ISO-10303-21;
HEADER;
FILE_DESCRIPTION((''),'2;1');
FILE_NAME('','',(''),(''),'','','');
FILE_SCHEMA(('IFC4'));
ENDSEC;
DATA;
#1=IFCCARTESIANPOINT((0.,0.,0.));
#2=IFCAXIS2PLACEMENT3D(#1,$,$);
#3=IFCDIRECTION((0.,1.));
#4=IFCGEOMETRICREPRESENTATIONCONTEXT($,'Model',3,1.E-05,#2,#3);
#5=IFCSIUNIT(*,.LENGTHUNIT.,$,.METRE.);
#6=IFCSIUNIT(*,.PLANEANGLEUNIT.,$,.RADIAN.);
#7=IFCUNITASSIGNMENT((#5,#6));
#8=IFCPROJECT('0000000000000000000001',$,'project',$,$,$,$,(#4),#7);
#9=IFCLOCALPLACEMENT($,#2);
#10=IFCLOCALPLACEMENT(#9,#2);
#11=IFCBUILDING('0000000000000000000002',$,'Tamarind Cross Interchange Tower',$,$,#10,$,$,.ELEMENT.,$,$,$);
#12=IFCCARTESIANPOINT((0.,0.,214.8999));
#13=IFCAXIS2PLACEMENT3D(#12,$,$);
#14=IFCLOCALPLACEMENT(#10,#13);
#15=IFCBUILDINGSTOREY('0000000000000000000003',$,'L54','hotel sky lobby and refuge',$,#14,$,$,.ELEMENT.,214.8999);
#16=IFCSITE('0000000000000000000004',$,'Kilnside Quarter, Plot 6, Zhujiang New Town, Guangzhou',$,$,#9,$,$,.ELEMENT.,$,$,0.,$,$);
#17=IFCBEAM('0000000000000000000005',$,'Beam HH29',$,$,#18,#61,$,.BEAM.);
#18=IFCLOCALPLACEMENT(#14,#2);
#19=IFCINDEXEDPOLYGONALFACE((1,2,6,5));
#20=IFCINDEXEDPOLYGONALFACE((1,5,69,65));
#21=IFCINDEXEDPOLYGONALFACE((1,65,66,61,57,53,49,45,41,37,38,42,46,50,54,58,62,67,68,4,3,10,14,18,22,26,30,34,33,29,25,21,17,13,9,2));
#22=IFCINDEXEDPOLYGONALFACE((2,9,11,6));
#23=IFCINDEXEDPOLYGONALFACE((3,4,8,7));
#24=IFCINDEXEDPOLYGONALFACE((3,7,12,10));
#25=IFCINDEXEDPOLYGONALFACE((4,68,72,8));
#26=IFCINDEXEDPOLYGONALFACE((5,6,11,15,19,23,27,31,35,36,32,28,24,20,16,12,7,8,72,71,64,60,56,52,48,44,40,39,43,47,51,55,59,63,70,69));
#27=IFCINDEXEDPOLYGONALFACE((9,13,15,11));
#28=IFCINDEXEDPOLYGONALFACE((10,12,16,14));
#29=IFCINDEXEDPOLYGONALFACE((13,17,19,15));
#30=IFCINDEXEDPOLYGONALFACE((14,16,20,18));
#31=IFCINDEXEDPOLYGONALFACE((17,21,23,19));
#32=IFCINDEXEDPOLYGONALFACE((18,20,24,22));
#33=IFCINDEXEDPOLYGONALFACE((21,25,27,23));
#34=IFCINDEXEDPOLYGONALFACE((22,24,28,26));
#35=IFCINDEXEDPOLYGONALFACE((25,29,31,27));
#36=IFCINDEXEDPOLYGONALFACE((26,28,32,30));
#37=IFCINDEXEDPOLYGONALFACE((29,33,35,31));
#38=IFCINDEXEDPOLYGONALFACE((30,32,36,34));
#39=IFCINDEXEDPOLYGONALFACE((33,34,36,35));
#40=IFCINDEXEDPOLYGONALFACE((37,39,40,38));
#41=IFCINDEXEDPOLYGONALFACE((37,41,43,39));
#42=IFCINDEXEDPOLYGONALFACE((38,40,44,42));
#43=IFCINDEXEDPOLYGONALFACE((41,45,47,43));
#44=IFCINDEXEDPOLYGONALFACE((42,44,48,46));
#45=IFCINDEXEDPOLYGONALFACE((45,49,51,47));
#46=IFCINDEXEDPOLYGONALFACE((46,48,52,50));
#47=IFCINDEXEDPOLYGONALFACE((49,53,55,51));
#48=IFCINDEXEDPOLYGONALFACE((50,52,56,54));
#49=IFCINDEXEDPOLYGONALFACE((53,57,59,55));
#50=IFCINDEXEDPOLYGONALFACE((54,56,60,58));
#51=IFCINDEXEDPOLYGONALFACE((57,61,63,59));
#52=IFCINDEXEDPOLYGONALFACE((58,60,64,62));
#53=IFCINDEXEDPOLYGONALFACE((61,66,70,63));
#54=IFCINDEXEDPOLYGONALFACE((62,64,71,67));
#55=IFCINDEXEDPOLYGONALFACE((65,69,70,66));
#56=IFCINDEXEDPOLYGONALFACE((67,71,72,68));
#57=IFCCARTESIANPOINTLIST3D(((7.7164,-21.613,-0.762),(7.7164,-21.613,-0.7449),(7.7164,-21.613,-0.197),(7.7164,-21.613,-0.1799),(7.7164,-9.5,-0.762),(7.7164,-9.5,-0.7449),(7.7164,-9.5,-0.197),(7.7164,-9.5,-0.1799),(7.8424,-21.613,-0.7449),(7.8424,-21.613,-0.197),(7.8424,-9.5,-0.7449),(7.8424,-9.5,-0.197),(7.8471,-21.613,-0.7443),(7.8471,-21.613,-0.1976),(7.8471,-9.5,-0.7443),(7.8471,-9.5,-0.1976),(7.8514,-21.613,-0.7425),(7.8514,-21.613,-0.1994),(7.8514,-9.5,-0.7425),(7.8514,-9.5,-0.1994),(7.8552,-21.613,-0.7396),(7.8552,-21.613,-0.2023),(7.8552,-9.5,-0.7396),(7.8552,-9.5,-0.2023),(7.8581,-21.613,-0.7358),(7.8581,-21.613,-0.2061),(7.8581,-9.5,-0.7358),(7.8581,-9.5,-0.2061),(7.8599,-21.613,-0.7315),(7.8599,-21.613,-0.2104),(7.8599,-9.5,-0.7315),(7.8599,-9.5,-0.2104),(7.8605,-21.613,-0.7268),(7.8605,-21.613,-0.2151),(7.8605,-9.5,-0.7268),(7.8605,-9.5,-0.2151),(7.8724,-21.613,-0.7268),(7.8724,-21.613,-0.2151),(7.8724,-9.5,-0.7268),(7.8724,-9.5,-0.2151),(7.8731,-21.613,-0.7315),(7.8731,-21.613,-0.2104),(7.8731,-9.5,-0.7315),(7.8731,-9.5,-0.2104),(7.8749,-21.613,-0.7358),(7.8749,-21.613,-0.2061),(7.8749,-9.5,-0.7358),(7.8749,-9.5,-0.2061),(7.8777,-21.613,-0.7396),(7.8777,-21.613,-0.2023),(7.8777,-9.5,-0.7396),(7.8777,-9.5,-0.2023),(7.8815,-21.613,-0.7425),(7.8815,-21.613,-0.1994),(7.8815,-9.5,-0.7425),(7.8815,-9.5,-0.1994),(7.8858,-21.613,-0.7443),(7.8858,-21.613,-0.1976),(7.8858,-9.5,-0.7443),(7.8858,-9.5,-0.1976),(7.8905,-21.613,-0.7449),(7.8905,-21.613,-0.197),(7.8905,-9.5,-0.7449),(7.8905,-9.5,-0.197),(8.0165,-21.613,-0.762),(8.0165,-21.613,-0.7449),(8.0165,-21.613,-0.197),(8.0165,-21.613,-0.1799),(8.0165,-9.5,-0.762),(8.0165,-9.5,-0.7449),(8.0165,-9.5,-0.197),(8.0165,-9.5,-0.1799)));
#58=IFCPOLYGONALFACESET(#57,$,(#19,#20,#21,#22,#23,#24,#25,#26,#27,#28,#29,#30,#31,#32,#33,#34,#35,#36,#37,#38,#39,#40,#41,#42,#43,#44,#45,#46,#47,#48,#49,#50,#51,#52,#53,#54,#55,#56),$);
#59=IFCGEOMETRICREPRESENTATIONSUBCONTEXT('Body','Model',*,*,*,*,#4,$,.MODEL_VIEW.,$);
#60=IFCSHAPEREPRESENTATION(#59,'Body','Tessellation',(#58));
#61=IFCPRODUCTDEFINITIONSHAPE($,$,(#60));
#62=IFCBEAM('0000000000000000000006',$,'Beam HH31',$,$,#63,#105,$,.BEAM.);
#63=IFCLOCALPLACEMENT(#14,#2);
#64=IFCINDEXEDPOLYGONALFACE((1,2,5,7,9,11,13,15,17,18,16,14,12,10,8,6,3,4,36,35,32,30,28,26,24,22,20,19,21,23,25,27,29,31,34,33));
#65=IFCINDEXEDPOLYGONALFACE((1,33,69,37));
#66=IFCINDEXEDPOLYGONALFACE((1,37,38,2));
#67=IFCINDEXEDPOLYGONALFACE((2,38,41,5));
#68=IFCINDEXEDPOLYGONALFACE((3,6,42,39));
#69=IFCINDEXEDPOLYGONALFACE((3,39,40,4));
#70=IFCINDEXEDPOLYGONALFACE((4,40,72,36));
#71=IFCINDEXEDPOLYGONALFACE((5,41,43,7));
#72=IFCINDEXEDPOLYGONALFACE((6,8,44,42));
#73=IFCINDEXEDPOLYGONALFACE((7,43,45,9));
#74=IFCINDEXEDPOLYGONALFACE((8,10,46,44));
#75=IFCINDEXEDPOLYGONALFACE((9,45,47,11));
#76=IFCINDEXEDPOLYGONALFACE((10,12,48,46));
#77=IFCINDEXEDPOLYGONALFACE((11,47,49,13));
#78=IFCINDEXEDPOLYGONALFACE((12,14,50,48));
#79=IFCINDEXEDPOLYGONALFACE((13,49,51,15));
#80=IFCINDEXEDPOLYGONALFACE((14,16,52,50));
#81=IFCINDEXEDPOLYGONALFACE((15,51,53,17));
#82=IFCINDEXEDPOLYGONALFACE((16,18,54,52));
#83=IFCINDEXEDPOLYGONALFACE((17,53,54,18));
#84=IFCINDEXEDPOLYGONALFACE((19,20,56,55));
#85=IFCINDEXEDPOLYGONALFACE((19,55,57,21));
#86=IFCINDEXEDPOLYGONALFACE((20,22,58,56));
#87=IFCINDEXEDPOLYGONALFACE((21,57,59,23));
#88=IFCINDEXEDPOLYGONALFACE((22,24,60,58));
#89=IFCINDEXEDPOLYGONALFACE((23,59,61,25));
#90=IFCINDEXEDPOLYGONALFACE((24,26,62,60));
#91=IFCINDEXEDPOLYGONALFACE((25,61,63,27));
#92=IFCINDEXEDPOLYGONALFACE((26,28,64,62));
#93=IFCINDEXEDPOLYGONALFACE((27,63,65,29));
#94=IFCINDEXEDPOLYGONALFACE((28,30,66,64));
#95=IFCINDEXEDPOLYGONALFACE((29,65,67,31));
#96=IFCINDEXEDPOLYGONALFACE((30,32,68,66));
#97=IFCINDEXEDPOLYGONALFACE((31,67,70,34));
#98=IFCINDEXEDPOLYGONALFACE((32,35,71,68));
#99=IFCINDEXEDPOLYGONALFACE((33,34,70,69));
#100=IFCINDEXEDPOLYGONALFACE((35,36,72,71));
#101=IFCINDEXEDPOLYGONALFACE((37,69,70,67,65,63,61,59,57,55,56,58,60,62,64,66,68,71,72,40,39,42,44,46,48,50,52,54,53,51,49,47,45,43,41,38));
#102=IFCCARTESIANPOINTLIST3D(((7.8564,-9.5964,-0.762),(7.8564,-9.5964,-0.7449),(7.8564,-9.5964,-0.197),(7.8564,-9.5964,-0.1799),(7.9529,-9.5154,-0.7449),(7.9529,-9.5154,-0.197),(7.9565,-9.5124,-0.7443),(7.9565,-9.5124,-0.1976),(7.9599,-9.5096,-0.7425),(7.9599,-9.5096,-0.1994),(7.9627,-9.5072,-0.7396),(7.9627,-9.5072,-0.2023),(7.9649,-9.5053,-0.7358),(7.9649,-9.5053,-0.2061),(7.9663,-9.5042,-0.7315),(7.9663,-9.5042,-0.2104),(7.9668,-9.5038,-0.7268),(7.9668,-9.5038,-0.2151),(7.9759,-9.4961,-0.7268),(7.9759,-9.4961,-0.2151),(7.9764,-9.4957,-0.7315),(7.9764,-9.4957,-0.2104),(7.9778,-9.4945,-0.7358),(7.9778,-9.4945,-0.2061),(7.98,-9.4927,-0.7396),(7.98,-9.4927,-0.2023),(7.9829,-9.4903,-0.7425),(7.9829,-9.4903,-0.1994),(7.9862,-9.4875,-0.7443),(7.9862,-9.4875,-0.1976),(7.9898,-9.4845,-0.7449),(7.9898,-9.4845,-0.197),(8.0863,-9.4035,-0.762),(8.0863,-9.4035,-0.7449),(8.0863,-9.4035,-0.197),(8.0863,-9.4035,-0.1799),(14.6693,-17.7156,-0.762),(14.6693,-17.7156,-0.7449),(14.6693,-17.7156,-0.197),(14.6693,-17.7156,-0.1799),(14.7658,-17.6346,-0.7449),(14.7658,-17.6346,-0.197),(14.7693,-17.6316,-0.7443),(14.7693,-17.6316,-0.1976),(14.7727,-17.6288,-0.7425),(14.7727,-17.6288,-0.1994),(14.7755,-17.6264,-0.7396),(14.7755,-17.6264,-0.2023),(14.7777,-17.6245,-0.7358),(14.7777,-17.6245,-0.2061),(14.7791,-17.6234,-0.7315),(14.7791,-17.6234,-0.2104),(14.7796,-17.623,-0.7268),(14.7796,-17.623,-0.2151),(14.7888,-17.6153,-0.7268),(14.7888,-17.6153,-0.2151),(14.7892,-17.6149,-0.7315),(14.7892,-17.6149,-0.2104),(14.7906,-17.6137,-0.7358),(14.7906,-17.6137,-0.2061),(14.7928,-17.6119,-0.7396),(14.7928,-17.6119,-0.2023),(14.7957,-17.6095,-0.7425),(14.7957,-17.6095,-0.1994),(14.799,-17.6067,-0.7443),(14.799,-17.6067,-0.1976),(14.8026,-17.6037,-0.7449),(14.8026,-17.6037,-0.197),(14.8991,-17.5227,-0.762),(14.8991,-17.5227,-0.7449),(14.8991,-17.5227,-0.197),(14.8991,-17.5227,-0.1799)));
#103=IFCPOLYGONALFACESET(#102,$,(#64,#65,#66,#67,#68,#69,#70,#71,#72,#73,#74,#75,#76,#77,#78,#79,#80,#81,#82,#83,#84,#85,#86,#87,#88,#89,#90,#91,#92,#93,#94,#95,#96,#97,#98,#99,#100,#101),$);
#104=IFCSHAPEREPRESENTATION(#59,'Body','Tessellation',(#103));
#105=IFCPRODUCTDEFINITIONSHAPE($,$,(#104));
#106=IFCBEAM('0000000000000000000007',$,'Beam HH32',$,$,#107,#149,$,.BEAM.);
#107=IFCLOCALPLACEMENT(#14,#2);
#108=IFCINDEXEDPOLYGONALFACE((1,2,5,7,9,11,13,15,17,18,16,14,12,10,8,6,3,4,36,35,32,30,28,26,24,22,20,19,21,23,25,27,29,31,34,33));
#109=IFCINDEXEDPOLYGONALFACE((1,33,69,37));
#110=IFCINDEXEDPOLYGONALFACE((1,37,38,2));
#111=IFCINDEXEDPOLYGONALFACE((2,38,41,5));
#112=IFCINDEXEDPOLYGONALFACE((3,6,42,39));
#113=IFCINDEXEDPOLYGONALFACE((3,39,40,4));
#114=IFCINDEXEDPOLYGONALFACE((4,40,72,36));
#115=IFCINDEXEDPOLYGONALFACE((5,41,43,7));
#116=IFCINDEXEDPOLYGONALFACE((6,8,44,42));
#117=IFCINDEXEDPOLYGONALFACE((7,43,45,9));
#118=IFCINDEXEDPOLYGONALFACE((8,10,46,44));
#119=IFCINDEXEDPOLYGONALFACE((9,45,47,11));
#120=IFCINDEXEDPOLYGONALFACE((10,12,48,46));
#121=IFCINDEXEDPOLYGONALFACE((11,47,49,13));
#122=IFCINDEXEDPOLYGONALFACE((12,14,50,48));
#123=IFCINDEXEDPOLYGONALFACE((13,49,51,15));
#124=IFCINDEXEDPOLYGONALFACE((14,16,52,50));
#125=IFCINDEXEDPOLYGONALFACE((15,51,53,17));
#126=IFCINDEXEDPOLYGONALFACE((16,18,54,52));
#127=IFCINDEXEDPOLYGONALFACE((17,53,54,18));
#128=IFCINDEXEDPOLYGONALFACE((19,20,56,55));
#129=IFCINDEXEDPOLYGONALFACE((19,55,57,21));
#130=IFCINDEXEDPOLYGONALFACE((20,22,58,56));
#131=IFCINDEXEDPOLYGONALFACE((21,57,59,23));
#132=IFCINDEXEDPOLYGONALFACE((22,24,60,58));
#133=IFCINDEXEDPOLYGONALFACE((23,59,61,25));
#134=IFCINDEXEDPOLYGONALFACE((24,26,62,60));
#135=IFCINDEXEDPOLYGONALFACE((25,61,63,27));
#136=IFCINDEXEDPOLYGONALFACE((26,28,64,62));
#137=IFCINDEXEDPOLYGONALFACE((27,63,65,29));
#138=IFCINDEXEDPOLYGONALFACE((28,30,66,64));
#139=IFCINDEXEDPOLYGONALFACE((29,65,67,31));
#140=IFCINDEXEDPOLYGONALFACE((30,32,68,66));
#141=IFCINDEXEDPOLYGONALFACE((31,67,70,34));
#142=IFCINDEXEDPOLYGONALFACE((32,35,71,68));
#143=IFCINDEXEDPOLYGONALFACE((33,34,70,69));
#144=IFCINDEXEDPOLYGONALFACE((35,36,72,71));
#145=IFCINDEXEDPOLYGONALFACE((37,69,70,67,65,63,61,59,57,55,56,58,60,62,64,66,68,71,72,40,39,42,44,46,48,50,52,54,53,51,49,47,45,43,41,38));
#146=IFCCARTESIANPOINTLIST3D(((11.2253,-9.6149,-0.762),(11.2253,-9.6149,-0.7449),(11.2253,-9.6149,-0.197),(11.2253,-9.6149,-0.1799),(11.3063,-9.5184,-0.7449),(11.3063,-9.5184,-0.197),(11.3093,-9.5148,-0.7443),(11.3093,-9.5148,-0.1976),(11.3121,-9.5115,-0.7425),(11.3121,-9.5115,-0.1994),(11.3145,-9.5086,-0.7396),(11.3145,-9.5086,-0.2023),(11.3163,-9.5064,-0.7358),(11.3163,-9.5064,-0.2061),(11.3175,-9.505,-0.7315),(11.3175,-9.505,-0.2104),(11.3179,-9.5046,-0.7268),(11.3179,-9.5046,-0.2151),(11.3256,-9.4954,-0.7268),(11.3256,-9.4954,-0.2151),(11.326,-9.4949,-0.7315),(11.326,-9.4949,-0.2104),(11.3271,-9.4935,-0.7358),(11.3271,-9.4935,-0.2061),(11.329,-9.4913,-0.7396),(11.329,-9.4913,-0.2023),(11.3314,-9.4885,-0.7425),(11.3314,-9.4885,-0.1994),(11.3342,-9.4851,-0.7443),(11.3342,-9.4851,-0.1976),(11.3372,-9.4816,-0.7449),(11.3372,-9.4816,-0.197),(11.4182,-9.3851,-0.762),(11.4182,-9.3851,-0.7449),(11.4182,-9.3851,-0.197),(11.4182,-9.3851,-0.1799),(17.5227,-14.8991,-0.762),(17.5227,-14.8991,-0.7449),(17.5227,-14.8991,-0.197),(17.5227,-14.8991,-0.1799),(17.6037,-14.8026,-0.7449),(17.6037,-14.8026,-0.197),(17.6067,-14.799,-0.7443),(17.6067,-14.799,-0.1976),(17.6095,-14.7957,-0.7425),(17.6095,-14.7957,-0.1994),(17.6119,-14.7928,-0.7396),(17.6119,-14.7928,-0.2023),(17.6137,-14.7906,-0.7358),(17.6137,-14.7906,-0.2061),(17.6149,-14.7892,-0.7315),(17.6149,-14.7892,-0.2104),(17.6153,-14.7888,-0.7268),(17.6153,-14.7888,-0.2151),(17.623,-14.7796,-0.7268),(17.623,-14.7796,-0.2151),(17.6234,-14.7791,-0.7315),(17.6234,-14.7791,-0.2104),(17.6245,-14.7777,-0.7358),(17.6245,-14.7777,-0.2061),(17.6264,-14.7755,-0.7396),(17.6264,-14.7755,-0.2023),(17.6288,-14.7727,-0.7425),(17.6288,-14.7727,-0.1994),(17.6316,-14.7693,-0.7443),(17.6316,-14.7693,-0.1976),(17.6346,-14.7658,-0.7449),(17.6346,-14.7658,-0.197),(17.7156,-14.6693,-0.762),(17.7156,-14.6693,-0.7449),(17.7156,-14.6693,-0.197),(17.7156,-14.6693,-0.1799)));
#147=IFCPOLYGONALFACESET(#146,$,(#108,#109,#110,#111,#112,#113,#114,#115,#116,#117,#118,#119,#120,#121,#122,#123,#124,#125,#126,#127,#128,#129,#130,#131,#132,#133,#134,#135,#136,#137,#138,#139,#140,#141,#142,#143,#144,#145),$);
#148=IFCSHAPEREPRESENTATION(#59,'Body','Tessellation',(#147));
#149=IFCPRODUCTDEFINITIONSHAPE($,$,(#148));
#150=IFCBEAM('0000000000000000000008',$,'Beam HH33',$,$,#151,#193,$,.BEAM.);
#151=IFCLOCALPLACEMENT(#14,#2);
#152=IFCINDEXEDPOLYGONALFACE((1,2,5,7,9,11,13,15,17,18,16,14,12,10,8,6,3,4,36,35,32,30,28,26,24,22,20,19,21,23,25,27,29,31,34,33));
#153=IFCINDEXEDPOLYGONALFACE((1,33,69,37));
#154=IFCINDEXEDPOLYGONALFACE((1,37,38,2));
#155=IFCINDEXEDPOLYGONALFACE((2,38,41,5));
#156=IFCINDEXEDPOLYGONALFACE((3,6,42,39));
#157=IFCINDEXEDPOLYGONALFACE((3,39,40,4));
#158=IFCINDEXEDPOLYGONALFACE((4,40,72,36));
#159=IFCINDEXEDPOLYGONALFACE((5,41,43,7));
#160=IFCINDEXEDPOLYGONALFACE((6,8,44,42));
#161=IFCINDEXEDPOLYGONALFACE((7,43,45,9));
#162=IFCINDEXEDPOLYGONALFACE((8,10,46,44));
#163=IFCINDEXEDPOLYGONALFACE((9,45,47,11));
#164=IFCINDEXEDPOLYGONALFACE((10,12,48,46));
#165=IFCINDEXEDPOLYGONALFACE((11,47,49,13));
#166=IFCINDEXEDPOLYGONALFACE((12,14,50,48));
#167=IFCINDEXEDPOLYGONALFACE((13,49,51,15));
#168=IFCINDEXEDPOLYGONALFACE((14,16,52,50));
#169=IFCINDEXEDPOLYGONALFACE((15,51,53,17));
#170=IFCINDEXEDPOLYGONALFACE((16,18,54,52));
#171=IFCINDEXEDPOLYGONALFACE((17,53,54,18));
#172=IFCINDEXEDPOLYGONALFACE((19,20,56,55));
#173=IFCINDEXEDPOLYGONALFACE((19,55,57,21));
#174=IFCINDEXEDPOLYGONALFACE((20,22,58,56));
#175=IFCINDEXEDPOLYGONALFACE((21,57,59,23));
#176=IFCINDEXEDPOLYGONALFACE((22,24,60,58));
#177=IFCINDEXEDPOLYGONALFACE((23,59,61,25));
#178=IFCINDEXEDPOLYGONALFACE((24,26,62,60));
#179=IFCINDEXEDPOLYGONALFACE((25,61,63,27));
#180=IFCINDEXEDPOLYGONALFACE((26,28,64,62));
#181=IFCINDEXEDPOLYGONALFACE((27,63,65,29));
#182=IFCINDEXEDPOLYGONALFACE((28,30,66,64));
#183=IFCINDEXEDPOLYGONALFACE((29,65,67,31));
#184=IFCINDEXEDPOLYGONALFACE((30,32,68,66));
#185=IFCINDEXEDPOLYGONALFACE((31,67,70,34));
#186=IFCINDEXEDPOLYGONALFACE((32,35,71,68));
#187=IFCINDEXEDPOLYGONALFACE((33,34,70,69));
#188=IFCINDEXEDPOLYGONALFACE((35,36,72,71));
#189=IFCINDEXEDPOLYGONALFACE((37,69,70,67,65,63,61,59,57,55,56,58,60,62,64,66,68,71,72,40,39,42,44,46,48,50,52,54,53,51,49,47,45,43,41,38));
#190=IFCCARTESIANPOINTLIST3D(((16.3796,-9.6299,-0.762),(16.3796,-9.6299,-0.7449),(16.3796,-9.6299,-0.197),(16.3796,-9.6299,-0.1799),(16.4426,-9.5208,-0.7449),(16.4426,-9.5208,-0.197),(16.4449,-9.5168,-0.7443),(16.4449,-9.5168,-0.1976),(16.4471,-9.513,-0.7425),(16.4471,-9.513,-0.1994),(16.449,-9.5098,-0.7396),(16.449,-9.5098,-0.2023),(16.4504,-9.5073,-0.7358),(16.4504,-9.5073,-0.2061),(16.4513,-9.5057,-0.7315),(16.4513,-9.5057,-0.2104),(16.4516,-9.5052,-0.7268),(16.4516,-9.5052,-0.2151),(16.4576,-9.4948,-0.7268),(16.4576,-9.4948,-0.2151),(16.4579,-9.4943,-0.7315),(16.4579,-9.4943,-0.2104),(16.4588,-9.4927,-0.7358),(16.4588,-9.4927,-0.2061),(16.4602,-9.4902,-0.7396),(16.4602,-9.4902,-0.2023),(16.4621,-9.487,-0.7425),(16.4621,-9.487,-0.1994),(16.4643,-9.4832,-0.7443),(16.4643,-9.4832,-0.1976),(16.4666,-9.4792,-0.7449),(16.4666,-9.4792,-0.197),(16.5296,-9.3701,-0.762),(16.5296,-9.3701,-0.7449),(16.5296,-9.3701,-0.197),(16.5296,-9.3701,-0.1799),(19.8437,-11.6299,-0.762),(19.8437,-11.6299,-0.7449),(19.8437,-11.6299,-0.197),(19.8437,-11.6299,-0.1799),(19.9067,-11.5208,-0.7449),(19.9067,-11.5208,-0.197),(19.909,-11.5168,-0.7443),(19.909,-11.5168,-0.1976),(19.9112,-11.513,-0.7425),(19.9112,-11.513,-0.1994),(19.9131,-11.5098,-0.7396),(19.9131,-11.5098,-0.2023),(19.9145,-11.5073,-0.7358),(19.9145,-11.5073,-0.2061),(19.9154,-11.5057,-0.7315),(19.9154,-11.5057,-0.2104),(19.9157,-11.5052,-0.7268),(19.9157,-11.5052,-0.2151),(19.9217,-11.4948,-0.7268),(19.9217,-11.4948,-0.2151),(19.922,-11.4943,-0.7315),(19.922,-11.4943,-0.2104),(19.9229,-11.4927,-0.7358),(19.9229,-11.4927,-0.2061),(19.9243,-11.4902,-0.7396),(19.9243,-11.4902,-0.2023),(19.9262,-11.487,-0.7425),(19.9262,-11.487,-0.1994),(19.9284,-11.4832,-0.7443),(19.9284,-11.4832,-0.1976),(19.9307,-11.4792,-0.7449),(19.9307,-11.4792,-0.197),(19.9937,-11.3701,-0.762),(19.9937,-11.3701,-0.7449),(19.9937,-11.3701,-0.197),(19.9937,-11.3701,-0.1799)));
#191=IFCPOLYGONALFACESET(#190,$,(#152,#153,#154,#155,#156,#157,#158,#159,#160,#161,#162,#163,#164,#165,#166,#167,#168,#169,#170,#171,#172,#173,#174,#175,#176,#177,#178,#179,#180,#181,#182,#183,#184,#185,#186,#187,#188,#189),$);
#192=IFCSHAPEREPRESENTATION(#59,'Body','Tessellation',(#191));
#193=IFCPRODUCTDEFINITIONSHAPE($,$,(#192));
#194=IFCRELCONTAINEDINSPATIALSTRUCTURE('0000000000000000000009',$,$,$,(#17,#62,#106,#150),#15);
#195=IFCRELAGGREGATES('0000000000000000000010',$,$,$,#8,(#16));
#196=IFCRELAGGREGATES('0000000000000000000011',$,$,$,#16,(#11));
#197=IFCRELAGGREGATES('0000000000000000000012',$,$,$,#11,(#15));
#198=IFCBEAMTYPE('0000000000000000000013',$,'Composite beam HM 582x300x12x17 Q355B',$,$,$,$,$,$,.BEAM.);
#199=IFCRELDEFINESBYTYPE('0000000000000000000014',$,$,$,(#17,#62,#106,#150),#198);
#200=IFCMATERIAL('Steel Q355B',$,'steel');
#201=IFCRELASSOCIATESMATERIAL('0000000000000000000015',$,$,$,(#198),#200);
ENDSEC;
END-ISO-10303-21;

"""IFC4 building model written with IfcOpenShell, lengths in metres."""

from ifc_helpers import new_model, si_unit, direction, frame, origin, origin_2d, place, context, subcontext, project, spatial, i_section, extrude, material, material_profile, profile_set, type_object, element, save


model = new_model("IFC4")

# Units and contexts
model_context = context("Model", 3, precision=1e-05, world=origin(), true_north=direction((0.0, 1.0)))
body_context = subcontext(model_context, "Body", "Model", "MODEL_VIEW")
ifc_project = project(units=[si_unit("LENGTHUNIT", "METRE"), si_unit("PLANEANGLEUNIT", "RADIAN")], contexts=[model_context])

# Site, building, storey
site_placement = place(None, origin())
site = spatial("IfcSite", under=ifc_project, at=site_placement, Name="Kilnside Quarter, Plot 6, Zhujiang New Town, Guangzhou", CompositionType="ELEMENT", RefElevation=0.0)
building_placement = place(site_placement, origin())
building = spatial("IfcBuilding", under=site, at=building_placement, Name="Tamarind Cross Interchange Tower", CompositionType="ELEMENT")
storey_placement = place(building_placement, frame((0.0, 0.0, 214.8999)))
storey = spatial("IfcBuildingStorey", under=building, at=storey_placement, Name="L54", Description="hotel sky lobby and refuge", CompositionType="ELEMENT", Elevation=214.8999)

# Beams
ifc_material_1 = material(Name="Steel Q355B", Category="steel")
ifc_material_profile_1 = material_profile(ifc_material_1, i_section(OverallWidth=0.3, OverallDepth=0.582, WebThickness=0.012, FlangeThickness=0.0171, FilletRadius=0.0181, at=origin_2d()), Name="HM 582x300x12x17")
ifc_profile_set_1 = profile_set([ifc_material_profile_1], Name="Steel Q355B")
beam_type_1 = type_object("IfcBeamType", Name="Composite beam HM 582x300x12x17 Q355B", PredefinedType="BEAM", material=ifc_profile_set_1)
beam_1_placement = place(storey_placement, frame((7.8665, -21.613, -0.4709), z_axis=(0.0, 1.0, 0.0), x_axis=(-1.0, 0.0, 0.0)))
element("IfcBeam", 1, at=beam_1_placement, inside=storey, type_object=beam_type_1, Name="Beam HH29", PredefinedType="BEAM", context=body_context, shape_type="SweptSolid", body=[
    extrude(i_section(OverallWidth=0.3, OverallDepth=0.582, WebThickness=0.012, FlangeThickness=0.0171, FilletRadius=0.0181, at=origin_2d()), origin(), (0.0, 0.0, 1.0), 12.113),
])
beam_2_placement = place(storey_placement, frame((14.7842, -17.6191, -0.4709), z_axis=(-0.642786, 0.766046, 0.0), x_axis=(-0.766046, -0.642786, 0.0)))
element("IfcBeam", 2, at=beam_2_placement, inside=storey, type_object=beam_type_1, Name="Beam HH31", PredefinedType="BEAM", context=body_context, shape_type="SweptSolid", body=[
    extrude(i_section(OverallWidth=0.3, OverallDepth=0.582, WebThickness=0.012, FlangeThickness=0.0171, FilletRadius=0.0181, at=origin_2d()), origin(), (0.0, 0.0, 1.0), 10.5989),
])
beam_3_placement = place(storey_placement, frame((17.6191, -14.7842, -0.4709), z_axis=(-0.766041, 0.642792, 0.0), x_axis=(-0.642792, -0.766041, 0.0)))
element("IfcBeam", 3, at=beam_3_placement, inside=storey, type_object=beam_type_1, Name="Beam HH32", PredefinedType="BEAM", context=body_context, shape_type="SweptSolid", body=[
    extrude(i_section(OverallWidth=0.3, OverallDepth=0.582, WebThickness=0.012, FlangeThickness=0.0171, FilletRadius=0.0181, at=origin_2d()), origin(), (0.0, 0.0, 1.0), 8.2207),
])
beam_4_placement = place(storey_placement, frame((19.9187, -11.5, -0.4709), z_axis=(-0.866026, 0.499999, 0.0), x_axis=(-0.499999, -0.866026, 0.0)))
element("IfcBeam", 4, at=beam_4_placement, inside=storey, type_object=beam_type_1, Name="Beam HH33", PredefinedType="BEAM", context=body_context, shape_type="SweptSolid", body=[
    extrude(i_section(OverallWidth=0.3, OverallDepth=0.582, WebThickness=0.012, FlangeThickness=0.0171, FilletRadius=0.0181, at=origin_2d()), origin(), (0.0, 0.0, 1.0), 4.0),
])

save(model, "model.ifc")
